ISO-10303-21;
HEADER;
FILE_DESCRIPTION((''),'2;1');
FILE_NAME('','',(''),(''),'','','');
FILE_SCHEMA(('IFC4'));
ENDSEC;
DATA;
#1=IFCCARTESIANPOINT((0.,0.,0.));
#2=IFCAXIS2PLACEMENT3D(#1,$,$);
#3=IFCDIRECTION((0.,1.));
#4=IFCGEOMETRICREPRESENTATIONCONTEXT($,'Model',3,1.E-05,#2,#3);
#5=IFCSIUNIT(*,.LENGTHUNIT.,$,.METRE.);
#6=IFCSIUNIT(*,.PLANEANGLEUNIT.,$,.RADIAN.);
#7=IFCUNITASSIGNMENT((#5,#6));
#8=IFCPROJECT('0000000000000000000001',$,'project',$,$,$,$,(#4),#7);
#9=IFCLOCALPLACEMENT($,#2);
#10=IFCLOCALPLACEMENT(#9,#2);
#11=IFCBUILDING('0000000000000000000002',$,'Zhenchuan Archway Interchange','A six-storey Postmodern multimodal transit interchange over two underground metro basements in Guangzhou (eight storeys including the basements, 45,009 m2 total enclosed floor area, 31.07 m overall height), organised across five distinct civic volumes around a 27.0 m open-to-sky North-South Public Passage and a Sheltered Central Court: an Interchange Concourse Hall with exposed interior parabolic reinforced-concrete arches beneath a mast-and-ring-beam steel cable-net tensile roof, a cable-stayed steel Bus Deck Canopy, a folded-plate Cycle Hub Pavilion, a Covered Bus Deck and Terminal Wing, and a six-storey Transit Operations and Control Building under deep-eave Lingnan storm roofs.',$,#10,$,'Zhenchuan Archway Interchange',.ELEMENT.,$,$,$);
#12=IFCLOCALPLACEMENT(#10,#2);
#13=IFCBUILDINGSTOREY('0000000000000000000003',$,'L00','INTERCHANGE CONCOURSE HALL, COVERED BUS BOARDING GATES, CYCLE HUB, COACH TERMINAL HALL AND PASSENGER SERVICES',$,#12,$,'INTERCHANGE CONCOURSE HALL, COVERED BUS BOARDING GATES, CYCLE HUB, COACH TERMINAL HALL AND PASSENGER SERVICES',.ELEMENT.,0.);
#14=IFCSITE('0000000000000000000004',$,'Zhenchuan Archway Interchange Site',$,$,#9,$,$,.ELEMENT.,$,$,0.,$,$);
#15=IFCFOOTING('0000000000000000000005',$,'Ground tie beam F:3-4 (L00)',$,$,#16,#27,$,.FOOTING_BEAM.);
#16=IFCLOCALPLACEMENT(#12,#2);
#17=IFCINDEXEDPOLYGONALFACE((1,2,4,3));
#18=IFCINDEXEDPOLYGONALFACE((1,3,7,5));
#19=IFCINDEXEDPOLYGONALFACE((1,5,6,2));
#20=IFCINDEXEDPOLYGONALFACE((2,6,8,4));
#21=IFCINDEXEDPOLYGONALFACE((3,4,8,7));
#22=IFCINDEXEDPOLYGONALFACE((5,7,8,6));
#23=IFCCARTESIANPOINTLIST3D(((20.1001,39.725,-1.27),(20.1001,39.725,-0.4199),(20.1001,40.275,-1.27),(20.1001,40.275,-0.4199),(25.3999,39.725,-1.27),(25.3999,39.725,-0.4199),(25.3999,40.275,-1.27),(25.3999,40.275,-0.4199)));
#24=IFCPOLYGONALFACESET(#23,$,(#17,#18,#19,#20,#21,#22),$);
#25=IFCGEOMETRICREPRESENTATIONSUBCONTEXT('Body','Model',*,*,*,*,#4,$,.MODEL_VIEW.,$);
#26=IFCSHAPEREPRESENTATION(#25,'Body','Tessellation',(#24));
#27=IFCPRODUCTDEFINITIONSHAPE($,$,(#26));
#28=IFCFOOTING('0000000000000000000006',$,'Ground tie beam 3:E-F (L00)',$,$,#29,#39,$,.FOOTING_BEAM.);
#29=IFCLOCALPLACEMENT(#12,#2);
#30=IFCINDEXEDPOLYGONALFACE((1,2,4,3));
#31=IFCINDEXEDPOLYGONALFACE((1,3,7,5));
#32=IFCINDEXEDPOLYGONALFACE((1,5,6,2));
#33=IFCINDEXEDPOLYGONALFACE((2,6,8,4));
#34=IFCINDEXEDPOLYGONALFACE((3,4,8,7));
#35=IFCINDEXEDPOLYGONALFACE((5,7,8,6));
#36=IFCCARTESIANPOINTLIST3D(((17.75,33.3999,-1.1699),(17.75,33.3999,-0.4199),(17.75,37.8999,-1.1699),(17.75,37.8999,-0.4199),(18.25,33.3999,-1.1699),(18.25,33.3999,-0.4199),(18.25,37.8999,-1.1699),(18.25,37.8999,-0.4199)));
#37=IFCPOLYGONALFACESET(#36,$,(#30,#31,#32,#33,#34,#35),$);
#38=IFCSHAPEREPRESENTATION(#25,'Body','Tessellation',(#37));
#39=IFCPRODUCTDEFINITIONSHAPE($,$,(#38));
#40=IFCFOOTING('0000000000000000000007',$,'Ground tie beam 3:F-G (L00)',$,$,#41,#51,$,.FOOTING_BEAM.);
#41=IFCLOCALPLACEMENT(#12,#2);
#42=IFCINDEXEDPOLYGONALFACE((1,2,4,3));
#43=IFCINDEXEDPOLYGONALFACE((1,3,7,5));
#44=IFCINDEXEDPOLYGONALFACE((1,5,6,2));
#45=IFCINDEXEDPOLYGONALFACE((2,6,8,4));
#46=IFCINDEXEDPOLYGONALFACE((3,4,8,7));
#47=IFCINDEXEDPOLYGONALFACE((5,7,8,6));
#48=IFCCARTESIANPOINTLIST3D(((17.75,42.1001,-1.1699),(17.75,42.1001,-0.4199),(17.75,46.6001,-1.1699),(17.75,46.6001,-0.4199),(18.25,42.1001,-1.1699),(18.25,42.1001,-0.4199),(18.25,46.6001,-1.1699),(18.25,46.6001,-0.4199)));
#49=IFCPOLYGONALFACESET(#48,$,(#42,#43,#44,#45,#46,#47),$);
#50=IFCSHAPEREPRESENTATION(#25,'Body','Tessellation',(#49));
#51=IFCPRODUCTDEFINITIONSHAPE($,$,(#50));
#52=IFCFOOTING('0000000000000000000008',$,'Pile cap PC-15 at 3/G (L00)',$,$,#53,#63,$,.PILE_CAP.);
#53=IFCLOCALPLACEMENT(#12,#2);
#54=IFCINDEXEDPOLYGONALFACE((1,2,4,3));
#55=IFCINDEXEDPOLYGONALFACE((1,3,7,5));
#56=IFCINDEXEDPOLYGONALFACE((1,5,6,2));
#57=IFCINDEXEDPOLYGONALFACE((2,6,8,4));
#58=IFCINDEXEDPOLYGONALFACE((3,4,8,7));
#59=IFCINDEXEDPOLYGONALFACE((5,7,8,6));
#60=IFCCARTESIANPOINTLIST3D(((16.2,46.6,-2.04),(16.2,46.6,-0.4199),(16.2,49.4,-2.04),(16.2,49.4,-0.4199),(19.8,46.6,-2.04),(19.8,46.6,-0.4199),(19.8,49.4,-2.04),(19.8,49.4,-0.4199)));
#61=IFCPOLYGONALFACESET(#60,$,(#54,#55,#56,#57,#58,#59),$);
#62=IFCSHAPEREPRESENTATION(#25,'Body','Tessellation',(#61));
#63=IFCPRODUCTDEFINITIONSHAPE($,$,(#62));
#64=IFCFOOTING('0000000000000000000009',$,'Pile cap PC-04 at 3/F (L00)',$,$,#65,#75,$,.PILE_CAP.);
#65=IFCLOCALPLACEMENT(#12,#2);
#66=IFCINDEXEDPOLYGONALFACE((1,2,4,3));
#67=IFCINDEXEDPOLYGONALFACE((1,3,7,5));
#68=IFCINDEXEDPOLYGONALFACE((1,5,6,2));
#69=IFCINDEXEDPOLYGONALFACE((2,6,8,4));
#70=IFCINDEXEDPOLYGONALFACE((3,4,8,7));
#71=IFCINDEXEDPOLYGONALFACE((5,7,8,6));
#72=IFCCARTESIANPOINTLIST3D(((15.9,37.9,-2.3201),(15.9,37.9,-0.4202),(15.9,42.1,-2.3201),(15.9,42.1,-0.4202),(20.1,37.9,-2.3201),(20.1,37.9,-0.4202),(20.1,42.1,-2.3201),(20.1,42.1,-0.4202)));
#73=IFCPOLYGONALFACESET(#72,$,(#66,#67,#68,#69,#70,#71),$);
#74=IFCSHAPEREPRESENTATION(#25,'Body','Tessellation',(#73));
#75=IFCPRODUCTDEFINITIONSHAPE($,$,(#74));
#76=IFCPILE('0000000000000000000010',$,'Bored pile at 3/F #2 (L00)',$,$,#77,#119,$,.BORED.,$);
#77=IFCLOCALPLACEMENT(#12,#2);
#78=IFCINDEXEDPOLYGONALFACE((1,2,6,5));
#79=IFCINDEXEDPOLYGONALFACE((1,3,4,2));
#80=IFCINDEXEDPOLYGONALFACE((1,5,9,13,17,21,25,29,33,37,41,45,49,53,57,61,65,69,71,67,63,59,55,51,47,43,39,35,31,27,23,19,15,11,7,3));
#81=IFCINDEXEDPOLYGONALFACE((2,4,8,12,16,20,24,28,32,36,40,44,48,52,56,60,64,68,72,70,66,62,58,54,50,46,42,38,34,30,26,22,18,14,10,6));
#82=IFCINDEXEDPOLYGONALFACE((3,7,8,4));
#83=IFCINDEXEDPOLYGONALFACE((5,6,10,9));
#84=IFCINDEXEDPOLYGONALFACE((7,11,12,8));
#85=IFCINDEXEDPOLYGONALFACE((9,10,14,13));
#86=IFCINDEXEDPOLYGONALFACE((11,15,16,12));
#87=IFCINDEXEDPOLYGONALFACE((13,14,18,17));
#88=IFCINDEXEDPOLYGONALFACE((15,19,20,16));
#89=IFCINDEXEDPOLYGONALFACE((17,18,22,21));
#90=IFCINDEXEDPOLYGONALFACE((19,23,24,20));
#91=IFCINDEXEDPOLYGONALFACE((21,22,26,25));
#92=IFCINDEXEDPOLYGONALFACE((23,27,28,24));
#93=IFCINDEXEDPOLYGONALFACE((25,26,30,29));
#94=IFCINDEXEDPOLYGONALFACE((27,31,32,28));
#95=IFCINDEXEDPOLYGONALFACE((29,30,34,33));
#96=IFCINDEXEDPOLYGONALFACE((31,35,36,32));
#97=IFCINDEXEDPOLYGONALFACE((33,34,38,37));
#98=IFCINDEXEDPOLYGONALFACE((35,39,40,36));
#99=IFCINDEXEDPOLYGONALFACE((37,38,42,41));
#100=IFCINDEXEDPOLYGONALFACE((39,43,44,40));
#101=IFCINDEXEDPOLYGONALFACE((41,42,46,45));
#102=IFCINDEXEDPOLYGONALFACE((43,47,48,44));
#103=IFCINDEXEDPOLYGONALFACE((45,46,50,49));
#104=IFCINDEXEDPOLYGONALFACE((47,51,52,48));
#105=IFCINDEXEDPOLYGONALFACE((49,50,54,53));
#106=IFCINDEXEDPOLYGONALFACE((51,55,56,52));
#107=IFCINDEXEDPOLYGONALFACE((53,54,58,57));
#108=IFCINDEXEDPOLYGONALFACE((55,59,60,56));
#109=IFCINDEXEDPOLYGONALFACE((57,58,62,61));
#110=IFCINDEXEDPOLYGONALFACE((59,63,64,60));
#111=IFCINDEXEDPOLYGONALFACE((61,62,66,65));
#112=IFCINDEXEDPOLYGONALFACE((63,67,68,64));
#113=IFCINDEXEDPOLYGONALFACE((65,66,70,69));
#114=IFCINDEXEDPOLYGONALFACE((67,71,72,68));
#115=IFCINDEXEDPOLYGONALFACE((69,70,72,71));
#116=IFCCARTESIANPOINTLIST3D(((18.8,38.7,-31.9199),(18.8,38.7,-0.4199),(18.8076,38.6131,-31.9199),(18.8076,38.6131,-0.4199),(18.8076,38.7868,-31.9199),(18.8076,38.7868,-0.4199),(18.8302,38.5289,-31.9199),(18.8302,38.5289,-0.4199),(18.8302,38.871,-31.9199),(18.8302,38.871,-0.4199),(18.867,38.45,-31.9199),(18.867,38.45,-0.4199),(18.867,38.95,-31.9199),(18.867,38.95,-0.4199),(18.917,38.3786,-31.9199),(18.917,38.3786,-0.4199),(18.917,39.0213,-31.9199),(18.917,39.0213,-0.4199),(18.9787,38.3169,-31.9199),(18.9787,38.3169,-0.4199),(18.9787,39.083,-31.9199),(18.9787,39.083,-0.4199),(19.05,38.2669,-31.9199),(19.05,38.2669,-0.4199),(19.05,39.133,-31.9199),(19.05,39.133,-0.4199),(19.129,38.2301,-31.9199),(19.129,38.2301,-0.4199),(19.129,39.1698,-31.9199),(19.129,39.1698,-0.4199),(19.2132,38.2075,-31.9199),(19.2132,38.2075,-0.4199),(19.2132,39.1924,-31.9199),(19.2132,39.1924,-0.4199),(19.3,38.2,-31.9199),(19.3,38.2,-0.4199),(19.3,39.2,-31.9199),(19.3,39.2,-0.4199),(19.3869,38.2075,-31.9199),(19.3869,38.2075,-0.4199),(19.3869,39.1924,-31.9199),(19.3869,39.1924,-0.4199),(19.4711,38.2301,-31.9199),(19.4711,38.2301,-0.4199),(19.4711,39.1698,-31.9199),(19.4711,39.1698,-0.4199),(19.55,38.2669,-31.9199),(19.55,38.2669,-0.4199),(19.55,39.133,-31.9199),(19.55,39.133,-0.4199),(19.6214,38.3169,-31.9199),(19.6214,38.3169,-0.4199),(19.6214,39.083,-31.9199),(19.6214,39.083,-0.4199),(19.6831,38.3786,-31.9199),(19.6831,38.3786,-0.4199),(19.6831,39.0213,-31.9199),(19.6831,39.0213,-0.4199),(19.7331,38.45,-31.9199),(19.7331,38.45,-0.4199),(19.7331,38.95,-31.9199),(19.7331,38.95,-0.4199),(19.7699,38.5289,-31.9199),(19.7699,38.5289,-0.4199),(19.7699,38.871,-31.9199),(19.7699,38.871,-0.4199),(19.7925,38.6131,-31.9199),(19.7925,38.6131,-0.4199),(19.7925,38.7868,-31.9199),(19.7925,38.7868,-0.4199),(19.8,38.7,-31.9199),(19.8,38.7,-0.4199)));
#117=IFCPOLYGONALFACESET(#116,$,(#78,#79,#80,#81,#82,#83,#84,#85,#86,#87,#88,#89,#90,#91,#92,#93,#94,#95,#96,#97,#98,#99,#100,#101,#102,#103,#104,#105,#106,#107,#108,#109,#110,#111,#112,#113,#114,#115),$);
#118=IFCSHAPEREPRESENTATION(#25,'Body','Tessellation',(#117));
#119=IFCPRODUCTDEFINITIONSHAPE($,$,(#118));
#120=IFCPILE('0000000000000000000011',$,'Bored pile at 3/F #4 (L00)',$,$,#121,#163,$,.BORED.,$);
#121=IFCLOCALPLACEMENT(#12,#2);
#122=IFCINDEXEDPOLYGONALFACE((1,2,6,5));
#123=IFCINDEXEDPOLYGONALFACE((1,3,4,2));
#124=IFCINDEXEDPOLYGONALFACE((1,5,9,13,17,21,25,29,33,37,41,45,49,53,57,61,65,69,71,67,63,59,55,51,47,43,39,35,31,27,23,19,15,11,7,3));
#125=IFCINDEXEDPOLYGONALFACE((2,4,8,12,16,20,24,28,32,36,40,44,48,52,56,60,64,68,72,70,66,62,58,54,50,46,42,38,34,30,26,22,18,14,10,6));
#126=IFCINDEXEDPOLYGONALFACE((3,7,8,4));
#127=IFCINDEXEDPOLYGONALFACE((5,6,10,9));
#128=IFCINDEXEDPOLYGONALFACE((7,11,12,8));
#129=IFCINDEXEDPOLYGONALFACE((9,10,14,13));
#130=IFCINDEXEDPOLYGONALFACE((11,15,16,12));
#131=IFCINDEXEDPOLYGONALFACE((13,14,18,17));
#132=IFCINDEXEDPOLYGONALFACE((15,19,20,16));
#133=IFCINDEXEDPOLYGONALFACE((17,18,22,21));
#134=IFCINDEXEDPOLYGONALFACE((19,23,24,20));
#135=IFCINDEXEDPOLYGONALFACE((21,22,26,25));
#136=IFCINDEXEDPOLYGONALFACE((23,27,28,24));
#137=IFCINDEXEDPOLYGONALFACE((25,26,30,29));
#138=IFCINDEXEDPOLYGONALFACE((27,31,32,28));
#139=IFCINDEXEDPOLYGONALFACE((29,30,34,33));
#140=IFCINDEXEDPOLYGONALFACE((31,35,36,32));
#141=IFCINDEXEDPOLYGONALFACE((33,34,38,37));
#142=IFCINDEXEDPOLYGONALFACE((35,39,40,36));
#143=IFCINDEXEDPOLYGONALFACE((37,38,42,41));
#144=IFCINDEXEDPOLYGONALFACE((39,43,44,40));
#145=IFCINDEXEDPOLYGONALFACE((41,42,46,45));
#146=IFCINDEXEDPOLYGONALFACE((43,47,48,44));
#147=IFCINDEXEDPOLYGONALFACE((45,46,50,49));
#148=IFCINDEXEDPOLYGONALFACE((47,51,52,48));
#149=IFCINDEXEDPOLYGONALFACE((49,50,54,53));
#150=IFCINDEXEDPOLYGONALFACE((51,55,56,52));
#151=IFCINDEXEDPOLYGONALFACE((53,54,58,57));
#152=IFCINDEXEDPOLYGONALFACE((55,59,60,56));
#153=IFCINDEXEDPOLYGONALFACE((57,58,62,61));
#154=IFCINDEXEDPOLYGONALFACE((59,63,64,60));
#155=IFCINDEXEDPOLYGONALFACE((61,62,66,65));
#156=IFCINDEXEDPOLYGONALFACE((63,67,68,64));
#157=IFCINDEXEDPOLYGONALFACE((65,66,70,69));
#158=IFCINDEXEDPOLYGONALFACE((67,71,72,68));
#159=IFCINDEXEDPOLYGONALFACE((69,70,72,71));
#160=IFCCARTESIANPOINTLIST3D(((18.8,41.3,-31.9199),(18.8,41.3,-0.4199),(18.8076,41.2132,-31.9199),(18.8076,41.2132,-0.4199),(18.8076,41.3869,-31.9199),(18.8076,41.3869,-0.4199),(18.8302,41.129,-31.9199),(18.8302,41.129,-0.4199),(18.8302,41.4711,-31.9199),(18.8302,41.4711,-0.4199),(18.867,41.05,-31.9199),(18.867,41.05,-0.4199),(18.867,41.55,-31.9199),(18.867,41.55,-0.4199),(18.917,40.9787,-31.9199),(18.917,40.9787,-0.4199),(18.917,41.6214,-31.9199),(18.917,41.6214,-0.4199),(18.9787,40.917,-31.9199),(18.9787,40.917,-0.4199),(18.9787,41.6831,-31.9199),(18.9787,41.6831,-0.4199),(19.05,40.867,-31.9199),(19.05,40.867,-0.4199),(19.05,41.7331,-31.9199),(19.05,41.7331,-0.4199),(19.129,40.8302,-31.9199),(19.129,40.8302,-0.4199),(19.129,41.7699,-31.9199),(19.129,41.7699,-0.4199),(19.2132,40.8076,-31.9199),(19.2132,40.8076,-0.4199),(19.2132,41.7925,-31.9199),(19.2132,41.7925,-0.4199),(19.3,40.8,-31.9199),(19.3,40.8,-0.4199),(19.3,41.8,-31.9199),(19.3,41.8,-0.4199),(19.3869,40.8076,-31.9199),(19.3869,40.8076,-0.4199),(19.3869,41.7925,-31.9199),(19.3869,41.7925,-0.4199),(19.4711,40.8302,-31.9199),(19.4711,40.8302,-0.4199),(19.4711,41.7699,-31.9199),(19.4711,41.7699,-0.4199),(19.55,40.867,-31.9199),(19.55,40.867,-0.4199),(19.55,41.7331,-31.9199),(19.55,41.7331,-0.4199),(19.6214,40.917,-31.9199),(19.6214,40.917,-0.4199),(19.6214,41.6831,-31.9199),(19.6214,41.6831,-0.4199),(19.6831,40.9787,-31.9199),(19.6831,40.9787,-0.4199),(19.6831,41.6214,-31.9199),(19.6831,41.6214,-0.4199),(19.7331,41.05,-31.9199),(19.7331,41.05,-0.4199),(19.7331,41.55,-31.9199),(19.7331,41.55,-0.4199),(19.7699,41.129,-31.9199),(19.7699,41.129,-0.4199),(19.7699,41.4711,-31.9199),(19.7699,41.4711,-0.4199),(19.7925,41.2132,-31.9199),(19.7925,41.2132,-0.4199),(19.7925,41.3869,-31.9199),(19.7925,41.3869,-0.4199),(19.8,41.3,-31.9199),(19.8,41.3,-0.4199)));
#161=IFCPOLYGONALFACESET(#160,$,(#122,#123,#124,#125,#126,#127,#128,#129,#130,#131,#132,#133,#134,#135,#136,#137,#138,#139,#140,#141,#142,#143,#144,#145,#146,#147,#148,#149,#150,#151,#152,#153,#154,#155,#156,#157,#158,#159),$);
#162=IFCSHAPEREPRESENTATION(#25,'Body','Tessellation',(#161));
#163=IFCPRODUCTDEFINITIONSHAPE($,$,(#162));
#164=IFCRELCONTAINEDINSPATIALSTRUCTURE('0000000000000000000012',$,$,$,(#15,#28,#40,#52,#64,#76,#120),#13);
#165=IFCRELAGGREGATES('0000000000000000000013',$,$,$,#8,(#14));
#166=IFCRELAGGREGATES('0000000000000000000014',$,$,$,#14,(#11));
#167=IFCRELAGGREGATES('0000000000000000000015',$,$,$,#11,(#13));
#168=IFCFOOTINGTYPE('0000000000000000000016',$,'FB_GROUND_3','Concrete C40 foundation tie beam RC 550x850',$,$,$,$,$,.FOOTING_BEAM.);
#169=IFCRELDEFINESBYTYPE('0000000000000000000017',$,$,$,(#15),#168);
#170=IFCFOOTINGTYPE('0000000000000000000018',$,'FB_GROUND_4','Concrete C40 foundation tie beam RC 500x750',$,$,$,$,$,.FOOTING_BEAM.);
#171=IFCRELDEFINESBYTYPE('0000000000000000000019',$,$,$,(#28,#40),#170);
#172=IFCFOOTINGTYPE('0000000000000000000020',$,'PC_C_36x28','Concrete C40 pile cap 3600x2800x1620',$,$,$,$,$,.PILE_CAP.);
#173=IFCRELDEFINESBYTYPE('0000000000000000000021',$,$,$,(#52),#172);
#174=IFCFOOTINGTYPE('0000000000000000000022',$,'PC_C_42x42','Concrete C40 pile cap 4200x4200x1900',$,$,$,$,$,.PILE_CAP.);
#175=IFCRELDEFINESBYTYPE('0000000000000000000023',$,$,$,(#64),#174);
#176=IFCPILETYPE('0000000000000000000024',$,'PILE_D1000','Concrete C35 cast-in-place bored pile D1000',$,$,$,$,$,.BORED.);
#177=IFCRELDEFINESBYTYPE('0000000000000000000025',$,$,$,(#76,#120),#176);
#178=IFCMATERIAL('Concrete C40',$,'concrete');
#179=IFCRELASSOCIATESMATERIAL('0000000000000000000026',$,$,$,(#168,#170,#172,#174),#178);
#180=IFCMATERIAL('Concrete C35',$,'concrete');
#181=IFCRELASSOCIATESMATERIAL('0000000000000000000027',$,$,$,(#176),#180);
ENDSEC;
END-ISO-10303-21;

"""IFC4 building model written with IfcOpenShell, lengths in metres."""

from ifc_helpers import new_model, si_unit, direction, frame, origin, origin_2d, place, context, subcontext, project, spatial, rectangle, circle, extrude, material, material_profile, profile_set, type_object, element, save


model = new_model("IFC4")

# Units and contexts
model_context = context("Model", 3, precision=1e-05, world=origin(), true_north=direction((0.0, 1.0)))
body_context = subcontext(model_context, "Body", "Model", "MODEL_VIEW")
ifc_project = project(units=[si_unit("LENGTHUNIT", "METRE"), si_unit("PLANEANGLEUNIT", "RADIAN")], contexts=[model_context])

# Site, building, storey
site_placement = place(None, origin())
site = spatial("IfcSite", under=ifc_project, at=site_placement, Name="Zhenchuan Archway Interchange Site", CompositionType="ELEMENT", RefElevation=0.0)
building_placement = place(site_placement, origin())
building = spatial("IfcBuilding", under=site, at=building_placement, Name="Zhenchuan Archway Interchange", Description="A six-storey Postmodern multimodal transit interchange over two underground metro basements in Guangzhou (eight storeys including the basements, 45,009 m2 total enclosed floor area, 31.07 m overall height), organised across five distinct civic volumes around a 27.0 m open-to-sky North-South Public Passage and a Sheltered Central Court: an Interchange Concourse Hall with exposed interior parabolic reinforced-concrete arches beneath a mast-and-ring-beam steel cable-net tensile roof, a cable-stayed steel Bus Deck Canopy, a folded-plate Cycle Hub Pavilion, a Covered Bus Deck and Terminal Wing, and a six-storey Transit Operations and Control Building under deep-eave Lingnan storm roofs.", LongName="Zhenchuan Archway Interchange", CompositionType="ELEMENT")
storey_placement = place(building_placement, origin())
storey = spatial("IfcBuildingStorey", under=building, at=storey_placement, Name="L00", Description="INTERCHANGE CONCOURSE HALL, COVERED BUS BOARDING GATES, CYCLE HUB, COACH TERMINAL HALL AND PASSENGER SERVICES", LongName="INTERCHANGE CONCOURSE HALL, COVERED BUS BOARDING GATES, CYCLE HUB, COACH TERMINAL HALL AND PASSENGER SERVICES", CompositionType="ELEMENT", Elevation=0.0)

# Footings
ifc_material_1 = material(Name="Concrete C40", Category="concrete")
ifc_material_profile_1 = material_profile(ifc_material_1, rectangle(XDim=0.55, YDim=0.8501, at=origin_2d()), Name="RC 550x850")
ifc_profile_set_1 = profile_set([ifc_material_profile_1], Name="Concrete C40")
footing_type_1 = type_object("IfcFootingType", Name="FB_GROUND_3", Description="Concrete C40 foundation tie beam RC 550x850", PredefinedType="FOOTING_BEAM", material=ifc_profile_set_1)
footing_1_placement = place(storey_placement, frame((20.1001, 40.0, -0.845), z_axis=(1.0, 0.0, 0.0), x_axis=(0.0, 1.0, 0.0)))
element("IfcFooting", 1, at=footing_1_placement, inside=storey, type_object=footing_type_1, Name="Ground tie beam F:3-4 (L00)", PredefinedType="FOOTING_BEAM", context=body_context, shape_type="SweptSolid", body=[
    extrude(rectangle(XDim=0.55, YDim=0.8501, at=origin_2d()), origin(), (0.0, 0.0, 1.0), 5.2998),
])
ifc_material_profile_2 = material_profile(ifc_material_1, rectangle(XDim=0.5, YDim=0.75, at=origin_2d()), Name="RC 500x750")
ifc_profile_set_2 = profile_set([ifc_material_profile_2], Name="Concrete C40")
footing_type_2 = type_object("IfcFootingType", Name="FB_GROUND_4", Description="Concrete C40 foundation tie beam RC 500x750", PredefinedType="FOOTING_BEAM", material=ifc_profile_set_2)
for number, where, z_axis, x_axis, name in (
    (2, (18.0, 33.3999, -0.7949), (0.0, 1.0, 0.0), (-1.0, 0.0, 0.0), "Ground tie beam 3:E-F (L00)"),
    (3, (18.0, 42.1001, -0.7949), (0.0, 1.0, 0.0), (-1.0, 0.0, 0.0), "Ground tie beam 3:F-G (L00)"),
):
    element("IfcFooting", number, at=place(storey_placement, frame(where, z_axis=z_axis, x_axis=x_axis)), inside=storey, type_object=footing_type_2, Name=name, PredefinedType="FOOTING_BEAM", context=body_context, shape_type="SweptSolid", body=[
        extrude(rectangle(XDim=0.5, YDim=0.75, at=origin_2d()), origin(), (0.0, 0.0, 1.0), 4.5),
    ])
footing_type_3 = type_object("IfcFootingType", Name="PC_C_36x28", Description="Concrete C40 pile cap 3600x2800x1620", PredefinedType="PILE_CAP", material=ifc_material_1)
footing_2_placement = place(storey_placement, frame((18.0, 48.0, -2.04), z_axis=(0.0, 0.0, 1.0), x_axis=(1.0, 0.0, 0.0)))
element("IfcFooting", 4, at=footing_2_placement, inside=storey, type_object=footing_type_3, Name="Pile cap PC-15 at 3/G (L00)", PredefinedType="PILE_CAP", context=body_context, shape_type="SweptSolid", body=[
    extrude(rectangle(XDim=3.6001, YDim=2.8, at=origin_2d()), origin(), (0.0, 0.0, 1.0), 1.6201),
])
footing_type_4 = type_object("IfcFootingType", Name="PC_C_42x42", Description="Concrete C40 pile cap 4200x4200x1900", PredefinedType="PILE_CAP", material=ifc_material_1)
footing_3_placement = place(storey_placement, frame((18.0, 40.0, -2.3201), z_axis=(0.0, 0.0, 1.0), x_axis=(1.0, 0.0, 0.0)))
element("IfcFooting", 5, at=footing_3_placement, inside=storey, type_object=footing_type_4, Name="Pile cap PC-04 at 3/F (L00)", PredefinedType="PILE_CAP", context=body_context, shape_type="SweptSolid", body=[
    extrude(rectangle(XDim=4.2, YDim=4.2, at=origin_2d()), origin(), (0.0, 0.0, 1.0), 1.8999),
])

# Piles
ifc_material_2 = material(Name="Concrete C35", Category="concrete")
ifc_material_profile_3 = material_profile(ifc_material_2, circle(Radius=0.5, at=origin_2d()), Name="BORED PILE 1000")
ifc_profile_set_3 = profile_set([ifc_material_profile_3], Name="Concrete C35")
pile_type_1 = type_object("IfcPileType", Name="PILE_D1000", Description="Concrete C35 cast-in-place bored pile D1000", PredefinedType="BORED", material=ifc_profile_set_3)
for number, where, z_axis, x_axis, name in (
    (6, (19.3, 38.7, -0.4199), (0.0, 0.0, -1.0), (1.0, 0.0, 0.0), "Bored pile at 3/F #2 (L00)"),
    (7, (19.3, 41.3, -0.4199), (0.0, 0.0, -1.0), (1.0, 0.0, 0.0), "Bored pile at 3/F #4 (L00)"),
):
    element("IfcPile", number, at=place(storey_placement, frame(where, z_axis=z_axis, x_axis=x_axis)), inside=storey, type_object=pile_type_1, Name=name, PredefinedType="BORED", context=body_context, shape_type="SweptSolid", body=[
        extrude(circle(Radius=0.5, at=origin_2d()), origin(), (0.0, 0.0, 1.0), 31.5),
    ])

save(model, "model.ifc")
